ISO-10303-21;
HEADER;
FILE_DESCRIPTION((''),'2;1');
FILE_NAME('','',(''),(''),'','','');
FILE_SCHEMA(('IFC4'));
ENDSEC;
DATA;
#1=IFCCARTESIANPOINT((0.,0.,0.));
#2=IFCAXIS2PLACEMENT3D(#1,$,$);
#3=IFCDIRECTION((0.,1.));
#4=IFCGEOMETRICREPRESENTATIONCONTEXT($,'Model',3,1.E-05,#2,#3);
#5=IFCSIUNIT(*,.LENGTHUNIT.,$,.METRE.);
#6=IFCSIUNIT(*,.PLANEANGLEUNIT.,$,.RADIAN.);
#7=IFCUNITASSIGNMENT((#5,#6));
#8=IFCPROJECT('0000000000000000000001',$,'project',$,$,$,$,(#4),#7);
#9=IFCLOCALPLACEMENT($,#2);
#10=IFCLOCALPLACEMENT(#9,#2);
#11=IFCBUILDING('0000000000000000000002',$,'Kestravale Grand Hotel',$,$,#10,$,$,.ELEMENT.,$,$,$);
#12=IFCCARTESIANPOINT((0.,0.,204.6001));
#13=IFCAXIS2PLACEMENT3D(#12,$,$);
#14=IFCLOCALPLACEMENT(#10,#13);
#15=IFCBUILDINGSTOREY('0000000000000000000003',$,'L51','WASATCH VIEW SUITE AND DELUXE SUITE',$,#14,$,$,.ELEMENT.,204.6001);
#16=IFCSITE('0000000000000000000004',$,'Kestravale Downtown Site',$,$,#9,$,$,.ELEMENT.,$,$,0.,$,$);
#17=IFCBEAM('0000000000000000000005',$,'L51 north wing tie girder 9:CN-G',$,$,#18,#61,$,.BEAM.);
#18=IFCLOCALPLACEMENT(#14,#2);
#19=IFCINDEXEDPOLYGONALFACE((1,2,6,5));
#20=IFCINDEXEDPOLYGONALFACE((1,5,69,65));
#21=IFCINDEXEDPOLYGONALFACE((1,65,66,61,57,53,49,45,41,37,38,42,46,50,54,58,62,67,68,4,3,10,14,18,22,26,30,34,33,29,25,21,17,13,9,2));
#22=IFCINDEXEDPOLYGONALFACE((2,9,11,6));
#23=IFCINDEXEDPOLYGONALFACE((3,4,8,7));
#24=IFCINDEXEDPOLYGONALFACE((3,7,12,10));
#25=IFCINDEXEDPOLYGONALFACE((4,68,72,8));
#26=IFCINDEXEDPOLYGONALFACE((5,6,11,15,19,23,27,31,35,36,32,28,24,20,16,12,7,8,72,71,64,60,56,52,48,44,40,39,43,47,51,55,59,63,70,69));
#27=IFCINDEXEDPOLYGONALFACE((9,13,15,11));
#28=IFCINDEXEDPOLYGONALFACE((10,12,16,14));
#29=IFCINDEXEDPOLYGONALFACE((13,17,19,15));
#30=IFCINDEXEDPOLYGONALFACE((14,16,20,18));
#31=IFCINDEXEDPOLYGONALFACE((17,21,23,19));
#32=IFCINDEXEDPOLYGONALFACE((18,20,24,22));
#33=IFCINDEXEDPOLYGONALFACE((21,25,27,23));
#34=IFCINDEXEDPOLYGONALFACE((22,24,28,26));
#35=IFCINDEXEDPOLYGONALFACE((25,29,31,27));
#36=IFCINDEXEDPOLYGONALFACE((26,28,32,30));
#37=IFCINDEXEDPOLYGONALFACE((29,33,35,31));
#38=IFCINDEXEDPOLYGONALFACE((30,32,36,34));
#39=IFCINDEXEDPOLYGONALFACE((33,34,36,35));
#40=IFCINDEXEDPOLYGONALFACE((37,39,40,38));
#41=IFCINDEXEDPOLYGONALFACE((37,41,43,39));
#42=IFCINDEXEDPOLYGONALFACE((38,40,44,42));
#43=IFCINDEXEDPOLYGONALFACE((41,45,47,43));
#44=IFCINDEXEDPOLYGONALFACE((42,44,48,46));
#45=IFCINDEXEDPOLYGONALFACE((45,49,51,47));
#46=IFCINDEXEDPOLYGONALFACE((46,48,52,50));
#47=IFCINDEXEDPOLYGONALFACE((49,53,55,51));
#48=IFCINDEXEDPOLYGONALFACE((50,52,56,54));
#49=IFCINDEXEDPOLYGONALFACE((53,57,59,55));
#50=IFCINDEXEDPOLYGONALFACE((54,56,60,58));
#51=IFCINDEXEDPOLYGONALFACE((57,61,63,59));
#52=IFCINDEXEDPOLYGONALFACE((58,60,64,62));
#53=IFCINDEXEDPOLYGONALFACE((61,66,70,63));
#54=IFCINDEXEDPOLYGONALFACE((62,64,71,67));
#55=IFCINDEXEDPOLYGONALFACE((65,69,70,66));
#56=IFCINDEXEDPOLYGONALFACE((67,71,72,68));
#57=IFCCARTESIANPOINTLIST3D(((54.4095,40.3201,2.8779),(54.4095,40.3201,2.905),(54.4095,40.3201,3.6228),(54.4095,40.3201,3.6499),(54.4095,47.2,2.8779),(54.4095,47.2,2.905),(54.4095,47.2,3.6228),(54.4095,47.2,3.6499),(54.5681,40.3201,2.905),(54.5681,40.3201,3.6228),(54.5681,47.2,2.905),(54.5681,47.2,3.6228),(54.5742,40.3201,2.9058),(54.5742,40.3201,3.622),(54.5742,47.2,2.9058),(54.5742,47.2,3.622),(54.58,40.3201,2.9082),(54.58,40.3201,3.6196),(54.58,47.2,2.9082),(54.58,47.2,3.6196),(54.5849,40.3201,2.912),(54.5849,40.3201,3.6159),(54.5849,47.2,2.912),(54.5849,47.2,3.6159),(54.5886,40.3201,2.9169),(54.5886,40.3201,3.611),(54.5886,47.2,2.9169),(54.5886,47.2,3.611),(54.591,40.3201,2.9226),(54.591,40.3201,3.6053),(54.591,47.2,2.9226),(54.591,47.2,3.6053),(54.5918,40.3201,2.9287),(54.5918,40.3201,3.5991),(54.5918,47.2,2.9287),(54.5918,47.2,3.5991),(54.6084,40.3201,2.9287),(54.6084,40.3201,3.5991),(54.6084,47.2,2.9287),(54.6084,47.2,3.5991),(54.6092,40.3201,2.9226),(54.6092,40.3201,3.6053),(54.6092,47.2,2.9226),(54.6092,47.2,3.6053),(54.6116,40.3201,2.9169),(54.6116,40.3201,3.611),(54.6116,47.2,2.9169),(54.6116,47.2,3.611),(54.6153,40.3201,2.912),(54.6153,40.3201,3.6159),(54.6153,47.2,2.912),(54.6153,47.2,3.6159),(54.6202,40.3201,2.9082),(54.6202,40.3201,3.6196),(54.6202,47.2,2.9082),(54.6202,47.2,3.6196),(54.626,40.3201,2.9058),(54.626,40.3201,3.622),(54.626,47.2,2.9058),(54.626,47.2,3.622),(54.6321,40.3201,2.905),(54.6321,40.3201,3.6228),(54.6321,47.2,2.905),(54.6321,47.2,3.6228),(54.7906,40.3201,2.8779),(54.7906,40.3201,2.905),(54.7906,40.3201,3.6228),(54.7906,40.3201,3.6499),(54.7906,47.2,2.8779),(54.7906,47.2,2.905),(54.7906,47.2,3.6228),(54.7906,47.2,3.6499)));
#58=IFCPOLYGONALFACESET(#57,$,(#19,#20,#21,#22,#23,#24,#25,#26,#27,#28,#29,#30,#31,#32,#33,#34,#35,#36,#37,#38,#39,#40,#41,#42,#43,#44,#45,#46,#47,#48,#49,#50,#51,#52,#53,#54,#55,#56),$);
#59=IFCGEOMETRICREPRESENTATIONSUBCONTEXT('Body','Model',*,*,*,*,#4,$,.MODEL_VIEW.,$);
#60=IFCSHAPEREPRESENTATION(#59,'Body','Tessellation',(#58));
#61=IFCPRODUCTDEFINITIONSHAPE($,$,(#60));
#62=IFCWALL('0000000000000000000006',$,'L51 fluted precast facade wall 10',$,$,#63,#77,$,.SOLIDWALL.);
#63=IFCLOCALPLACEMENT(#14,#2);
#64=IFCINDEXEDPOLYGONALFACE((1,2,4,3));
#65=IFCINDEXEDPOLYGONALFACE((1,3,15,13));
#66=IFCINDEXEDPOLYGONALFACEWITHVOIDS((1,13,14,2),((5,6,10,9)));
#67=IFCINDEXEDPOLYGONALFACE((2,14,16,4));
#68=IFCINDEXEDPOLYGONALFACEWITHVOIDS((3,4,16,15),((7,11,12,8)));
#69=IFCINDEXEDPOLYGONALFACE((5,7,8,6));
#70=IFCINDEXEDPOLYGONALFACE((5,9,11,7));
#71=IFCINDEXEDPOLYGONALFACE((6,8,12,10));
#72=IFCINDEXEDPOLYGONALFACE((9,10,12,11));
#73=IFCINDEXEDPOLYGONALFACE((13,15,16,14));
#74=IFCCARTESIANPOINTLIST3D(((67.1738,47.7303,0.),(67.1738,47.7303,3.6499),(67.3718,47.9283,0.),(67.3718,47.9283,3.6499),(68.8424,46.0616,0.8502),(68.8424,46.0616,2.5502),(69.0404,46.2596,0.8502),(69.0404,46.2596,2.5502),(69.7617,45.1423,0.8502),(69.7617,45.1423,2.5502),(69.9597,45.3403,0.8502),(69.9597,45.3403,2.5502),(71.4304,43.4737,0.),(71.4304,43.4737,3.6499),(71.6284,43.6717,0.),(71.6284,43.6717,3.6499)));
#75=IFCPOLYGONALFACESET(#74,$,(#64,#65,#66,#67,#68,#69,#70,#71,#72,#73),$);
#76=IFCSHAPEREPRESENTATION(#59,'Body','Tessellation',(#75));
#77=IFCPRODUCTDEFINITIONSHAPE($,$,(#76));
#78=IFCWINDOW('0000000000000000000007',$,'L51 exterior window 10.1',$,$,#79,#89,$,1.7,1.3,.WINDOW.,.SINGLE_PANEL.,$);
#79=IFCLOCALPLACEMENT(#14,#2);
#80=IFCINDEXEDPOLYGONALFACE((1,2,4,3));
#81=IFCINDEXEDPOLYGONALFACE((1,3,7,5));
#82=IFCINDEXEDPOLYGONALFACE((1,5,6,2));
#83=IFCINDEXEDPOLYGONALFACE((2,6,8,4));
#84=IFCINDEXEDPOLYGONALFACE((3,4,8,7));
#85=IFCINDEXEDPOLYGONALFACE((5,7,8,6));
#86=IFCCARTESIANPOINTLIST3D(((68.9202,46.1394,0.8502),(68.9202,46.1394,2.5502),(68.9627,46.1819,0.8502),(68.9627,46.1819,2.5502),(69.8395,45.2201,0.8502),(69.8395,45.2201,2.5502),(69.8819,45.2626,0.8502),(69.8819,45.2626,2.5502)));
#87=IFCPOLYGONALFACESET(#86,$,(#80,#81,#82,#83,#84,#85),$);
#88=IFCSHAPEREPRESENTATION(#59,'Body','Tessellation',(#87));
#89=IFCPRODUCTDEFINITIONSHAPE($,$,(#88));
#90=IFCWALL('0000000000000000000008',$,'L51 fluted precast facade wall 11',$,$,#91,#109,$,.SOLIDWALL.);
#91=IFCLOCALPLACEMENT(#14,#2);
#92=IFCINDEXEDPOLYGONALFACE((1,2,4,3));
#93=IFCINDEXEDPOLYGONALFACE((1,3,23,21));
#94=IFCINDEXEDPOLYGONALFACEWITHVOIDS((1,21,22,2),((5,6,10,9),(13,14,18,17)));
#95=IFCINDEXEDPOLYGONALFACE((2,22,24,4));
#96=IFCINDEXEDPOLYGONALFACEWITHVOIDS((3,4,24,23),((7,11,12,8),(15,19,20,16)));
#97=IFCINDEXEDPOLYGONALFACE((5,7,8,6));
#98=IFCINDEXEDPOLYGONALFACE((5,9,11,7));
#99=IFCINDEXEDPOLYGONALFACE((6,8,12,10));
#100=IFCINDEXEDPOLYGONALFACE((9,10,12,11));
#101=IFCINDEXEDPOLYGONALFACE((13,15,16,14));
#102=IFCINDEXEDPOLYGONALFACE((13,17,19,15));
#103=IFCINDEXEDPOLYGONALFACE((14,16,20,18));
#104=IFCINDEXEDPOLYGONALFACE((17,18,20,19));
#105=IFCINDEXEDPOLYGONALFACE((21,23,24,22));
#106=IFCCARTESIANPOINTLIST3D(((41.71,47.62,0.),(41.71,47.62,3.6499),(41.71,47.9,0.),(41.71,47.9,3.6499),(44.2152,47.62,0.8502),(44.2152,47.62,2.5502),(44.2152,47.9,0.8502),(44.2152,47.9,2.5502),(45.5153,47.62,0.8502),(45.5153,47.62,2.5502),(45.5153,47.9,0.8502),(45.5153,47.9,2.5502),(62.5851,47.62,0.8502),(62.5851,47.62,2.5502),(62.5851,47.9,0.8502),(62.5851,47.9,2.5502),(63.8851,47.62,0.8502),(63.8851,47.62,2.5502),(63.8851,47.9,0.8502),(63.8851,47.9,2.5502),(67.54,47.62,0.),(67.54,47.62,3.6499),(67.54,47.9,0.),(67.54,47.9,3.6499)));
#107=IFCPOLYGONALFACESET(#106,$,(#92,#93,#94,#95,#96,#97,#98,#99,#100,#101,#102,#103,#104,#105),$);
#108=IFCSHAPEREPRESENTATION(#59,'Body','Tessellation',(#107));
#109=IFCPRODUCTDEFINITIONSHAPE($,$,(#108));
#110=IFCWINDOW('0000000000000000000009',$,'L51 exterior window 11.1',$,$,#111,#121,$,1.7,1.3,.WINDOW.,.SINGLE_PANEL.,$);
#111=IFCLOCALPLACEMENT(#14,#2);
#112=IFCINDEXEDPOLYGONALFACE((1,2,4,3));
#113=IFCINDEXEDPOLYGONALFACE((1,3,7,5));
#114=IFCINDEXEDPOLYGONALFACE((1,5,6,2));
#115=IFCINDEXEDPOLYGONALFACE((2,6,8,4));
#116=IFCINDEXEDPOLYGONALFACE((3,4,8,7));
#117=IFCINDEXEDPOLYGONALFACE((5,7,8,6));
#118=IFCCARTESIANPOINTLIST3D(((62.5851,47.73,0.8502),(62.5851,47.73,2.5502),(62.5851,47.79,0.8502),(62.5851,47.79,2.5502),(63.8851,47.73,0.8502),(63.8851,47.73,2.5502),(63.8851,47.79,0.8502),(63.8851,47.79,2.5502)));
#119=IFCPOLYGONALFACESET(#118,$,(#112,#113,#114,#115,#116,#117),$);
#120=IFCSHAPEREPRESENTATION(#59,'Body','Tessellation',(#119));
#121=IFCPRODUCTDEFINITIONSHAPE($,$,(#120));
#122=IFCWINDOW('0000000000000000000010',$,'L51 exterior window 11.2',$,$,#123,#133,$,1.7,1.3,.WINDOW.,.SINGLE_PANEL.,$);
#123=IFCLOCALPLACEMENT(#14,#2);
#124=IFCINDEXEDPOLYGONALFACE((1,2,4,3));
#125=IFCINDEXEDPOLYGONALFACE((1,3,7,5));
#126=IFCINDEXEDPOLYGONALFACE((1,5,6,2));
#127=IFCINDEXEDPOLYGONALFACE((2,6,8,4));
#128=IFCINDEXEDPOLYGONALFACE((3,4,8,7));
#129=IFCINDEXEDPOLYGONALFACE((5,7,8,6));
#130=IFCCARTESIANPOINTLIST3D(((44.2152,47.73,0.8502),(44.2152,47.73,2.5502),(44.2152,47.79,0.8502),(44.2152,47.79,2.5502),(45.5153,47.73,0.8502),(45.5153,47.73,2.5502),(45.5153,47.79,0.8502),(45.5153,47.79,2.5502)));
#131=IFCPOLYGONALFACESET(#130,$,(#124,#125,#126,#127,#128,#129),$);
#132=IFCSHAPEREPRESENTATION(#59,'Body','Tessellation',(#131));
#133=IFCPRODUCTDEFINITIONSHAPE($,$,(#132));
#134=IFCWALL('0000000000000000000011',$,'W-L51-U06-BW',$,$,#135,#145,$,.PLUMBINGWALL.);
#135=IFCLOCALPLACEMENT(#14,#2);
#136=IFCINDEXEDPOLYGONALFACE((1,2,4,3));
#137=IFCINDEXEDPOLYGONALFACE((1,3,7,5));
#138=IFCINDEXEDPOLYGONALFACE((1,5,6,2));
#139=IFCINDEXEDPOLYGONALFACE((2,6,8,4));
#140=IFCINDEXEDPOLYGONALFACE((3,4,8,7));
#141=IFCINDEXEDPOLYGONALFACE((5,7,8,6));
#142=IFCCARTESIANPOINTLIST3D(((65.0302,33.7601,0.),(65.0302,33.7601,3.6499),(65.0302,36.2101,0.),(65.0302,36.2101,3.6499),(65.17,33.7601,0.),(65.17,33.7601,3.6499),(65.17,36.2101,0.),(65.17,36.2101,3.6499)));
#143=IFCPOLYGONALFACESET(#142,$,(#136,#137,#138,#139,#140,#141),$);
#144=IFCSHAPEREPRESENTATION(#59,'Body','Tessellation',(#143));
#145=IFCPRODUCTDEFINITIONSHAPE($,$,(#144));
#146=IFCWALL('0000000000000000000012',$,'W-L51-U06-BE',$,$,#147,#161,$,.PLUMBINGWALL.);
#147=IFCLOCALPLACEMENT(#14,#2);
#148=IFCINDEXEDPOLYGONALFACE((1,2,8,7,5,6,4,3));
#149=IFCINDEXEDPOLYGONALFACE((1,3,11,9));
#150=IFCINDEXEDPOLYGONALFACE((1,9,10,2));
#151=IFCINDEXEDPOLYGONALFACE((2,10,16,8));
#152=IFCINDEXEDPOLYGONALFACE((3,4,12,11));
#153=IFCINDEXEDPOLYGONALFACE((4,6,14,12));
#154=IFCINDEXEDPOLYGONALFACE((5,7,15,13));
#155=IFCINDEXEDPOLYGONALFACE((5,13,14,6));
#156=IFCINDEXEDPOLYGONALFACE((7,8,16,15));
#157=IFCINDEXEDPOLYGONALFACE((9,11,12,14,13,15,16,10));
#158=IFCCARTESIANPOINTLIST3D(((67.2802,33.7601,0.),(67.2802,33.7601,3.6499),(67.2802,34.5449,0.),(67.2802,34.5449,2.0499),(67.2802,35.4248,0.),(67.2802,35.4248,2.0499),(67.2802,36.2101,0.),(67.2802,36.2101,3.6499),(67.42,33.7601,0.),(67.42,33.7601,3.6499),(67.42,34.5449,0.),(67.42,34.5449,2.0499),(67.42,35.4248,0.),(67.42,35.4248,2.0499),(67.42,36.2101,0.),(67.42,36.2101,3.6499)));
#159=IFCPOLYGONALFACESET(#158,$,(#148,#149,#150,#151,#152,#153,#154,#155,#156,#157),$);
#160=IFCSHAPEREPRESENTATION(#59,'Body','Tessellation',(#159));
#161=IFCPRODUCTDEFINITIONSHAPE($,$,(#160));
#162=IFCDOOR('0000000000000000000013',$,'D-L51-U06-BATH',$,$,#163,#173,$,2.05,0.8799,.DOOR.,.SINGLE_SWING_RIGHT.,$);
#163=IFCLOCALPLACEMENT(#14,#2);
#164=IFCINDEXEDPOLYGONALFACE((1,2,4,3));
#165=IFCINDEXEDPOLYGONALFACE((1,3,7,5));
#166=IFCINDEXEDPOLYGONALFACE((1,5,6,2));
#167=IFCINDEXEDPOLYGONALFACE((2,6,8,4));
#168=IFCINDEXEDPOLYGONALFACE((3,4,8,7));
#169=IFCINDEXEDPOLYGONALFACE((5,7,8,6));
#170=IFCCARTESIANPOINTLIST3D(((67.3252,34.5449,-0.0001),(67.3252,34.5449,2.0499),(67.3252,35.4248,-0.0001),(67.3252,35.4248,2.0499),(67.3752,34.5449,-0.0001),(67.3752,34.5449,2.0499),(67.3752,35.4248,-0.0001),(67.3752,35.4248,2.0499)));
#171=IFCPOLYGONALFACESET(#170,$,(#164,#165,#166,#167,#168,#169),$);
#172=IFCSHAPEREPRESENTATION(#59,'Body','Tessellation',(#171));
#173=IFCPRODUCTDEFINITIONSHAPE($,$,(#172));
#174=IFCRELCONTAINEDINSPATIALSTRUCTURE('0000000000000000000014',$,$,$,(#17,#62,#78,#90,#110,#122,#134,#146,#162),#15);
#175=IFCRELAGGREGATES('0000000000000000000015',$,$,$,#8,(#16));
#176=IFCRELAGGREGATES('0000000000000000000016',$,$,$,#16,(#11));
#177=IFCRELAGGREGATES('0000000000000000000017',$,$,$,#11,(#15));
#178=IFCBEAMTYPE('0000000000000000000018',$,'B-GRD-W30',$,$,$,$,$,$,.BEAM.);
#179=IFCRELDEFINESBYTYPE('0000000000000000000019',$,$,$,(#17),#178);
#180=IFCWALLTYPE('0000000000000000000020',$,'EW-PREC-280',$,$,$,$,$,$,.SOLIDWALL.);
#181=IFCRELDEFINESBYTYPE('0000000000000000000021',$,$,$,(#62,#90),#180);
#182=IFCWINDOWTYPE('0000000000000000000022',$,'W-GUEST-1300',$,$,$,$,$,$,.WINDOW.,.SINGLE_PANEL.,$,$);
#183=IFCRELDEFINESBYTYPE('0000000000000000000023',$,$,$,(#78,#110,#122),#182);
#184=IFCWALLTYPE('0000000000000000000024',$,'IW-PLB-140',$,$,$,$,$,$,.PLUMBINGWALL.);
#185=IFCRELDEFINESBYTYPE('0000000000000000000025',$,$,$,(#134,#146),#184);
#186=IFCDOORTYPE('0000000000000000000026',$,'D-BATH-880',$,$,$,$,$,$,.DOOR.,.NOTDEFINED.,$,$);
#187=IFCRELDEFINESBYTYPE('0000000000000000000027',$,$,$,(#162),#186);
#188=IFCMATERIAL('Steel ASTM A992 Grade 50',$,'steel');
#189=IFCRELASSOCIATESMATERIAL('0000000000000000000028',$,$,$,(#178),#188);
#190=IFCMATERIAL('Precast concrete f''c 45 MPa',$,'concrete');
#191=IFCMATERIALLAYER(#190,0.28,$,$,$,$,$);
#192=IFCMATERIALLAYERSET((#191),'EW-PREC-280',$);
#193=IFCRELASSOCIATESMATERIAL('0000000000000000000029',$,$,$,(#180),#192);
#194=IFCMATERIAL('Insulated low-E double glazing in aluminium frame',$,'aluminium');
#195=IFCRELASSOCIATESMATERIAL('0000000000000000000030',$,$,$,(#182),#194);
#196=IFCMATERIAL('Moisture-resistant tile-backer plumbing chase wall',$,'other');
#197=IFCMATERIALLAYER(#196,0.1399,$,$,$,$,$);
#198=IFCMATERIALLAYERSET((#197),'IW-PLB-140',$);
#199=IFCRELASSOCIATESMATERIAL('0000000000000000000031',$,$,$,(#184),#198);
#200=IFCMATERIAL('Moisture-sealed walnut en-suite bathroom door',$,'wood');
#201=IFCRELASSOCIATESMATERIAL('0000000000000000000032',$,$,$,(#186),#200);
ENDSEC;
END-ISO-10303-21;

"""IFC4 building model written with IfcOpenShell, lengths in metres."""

from ifc_helpers import new_model, si_unit, direction, frame, frame_2d, origin, origin_2d, place, context, subcontext, project, spatial, rectangle, i_section, extrude, material, layer, layer_set, material_profile, profile_set, type_object, element, fill, save


model = new_model("IFC4")

# Units and contexts
model_context = context("Model", 3, precision=1e-05, world=origin(), true_north=direction((0.0, 1.0)))
body_context = subcontext(model_context, "Body", "Model", "MODEL_VIEW")
ifc_project = project(units=[si_unit("LENGTHUNIT", "METRE"), si_unit("PLANEANGLEUNIT", "RADIAN")], contexts=[model_context])

# Site, building, storey
site_placement = place(None, origin())
site = spatial("IfcSite", under=ifc_project, at=site_placement, Name="Kestravale Downtown Site", CompositionType="ELEMENT", RefElevation=0.0)
building_placement = place(site_placement, origin())
building = spatial("IfcBuilding", under=site, at=building_placement, Name="Kestravale Grand Hotel", CompositionType="ELEMENT")
storey_placement = place(building_placement, frame((0.0, 0.0, 204.6001)))
storey = spatial("IfcBuildingStorey", under=building, at=storey_placement, Name="L51", Description="WASATCH VIEW SUITE AND DELUXE SUITE", CompositionType="ELEMENT", Elevation=204.6001)

# Beam
ifc_material_1 = material(Name="Steel ASTM A992 Grade 50", Category="steel")
ifc_material_profile_1 = material_profile(ifc_material_1, i_section(OverallWidth=0.3811, OverallDepth=0.772, WebThickness=0.0166, FlangeThickness=0.0271, FilletRadius=0.0237, at=origin_2d()))
ifc_profile_set_1 = profile_set([ifc_material_profile_1], Name="Steel ASTM A992 Grade 50")
beam_type_1 = type_object("IfcBeamType", Name="B-GRD-W30", PredefinedType="BEAM", material=ifc_profile_set_1)
beam_1_placement = place(storey_placement, frame((54.6001, 40.3201, 3.2639), z_axis=(0.0, 1.0, 0.0), x_axis=(-1.0, 0.0, 0.0)))
element("IfcBeam", 1, at=beam_1_placement, inside=storey, type_object=beam_type_1, Name="L51 north wing tie girder 9:CN-G", PredefinedType="BEAM", context=body_context, shape_type="SweptSolid", body=[
    extrude(i_section(OverallWidth=0.3811, OverallDepth=0.772, WebThickness=0.0166, FlangeThickness=0.0271, FilletRadius=0.0237, at=origin_2d()), origin(), (0.0, 0.0, 1.0), 6.8799),
])

# Wall, opening, window
ifc_material_2 = material(Name="Precast concrete f'c 45 MPa", Category="concrete")
ifc_layer_1 = layer(ifc_material_2, 0.28)
ifc_layer_set_1 = layer_set([ifc_layer_1], Name="EW-PREC-280")
wall_type_1 = type_object("IfcWallType", Name="EW-PREC-280", PredefinedType="SOLIDWALL", material=ifc_layer_set_1)
wall_1_placement = place(storey_placement, frame((71.5293, 43.5728, 0.0), z_axis=(0.0, 0.0, 1.0), x_axis=(-0.707107, 0.707107, 0.0)))
wall_1 = element("IfcWall", 2, at=wall_1_placement, inside=storey, type_object=wall_type_1, Name="L51 fluted precast facade wall 10", PredefinedType="SOLIDWALL", context=body_context, shape_type="SweptSolid", body=[
    extrude(rectangle(XDim=6.0198, YDim=0.28, at=frame_2d((3.0098, 0.0))), origin(), (0.0, 0.0, 1.0), 3.6499),
])
opening_1_placement = place(wall_1_placement, frame((2.3599, 0.0, 0.8501)))
opening_1 = element("IfcOpeningElement", 3, at=opening_1_placement, cuts=wall_1, PredefinedType="OPENING", context=body_context, shape_type="SweptSolid", body=[
    extrude(rectangle(XDim=1.3, YDim=1.7, at=frame_2d((0.6499, 0.8501))), frame((0.0, 0.1499, 0.0), z_axis=(0.0, -1.0, 0.0), x_axis=(1.0, 0.0, 0.0)), (0.0, 0.0, 1.0), 0.3),
])
ifc_material_3 = material(Name="Insulated low-E double glazing in aluminium frame", Category="aluminium")
window_type = type_object("IfcWindowType", Name="W-GUEST-1300", PartitioningType="SINGLE_PANEL", PredefinedType="WINDOW", material=ifc_material_3)
window_1_placement = place(opening_1_placement, origin())
window_1 = element("IfcWindow", 4, at=window_1_placement, inside=storey, type_object=window_type, Name="L51 exterior window 10.1", OverallHeight=1.7, OverallWidth=1.3, PartitioningType="SINGLE_PANEL", PredefinedType="WINDOW", context=body_context, shape_type="SweptSolid", body=[
    extrude(rectangle(XDim=1.3, YDim=1.7, at=frame_2d((0.6499, 0.8501))), frame((0.0, 0.03, 0.0), z_axis=(0.0, -1.0, 0.0), x_axis=(1.0, 0.0, 0.0)), (0.0, 0.0, 1.0), 0.0601),
])
fill(opening_1, window_1)

# Wall, openings, windows
wall_2_placement = place(storey_placement, frame((67.54, 47.76, 0.0), z_axis=(0.0, 0.0, 1.0), x_axis=(-1.0, 0.0, 0.0)))
wall_2 = element("IfcWall", 5, at=wall_2_placement, inside=storey, type_object=wall_type_1, Name="L51 fluted precast facade wall 11", PredefinedType="SOLIDWALL", context=body_context, shape_type="SweptSolid", body=[
    extrude(rectangle(XDim=25.8301, YDim=0.28, at=frame_2d((12.915, 0.0))), origin(), (0.0, 0.0, 1.0), 3.6499),
])
opening_2_placement = place(wall_2_placement, frame((3.655, 0.0, 0.8501)))
opening_2 = element("IfcOpeningElement", 6, at=opening_2_placement, cuts=wall_2, PredefinedType="OPENING", context=body_context, shape_type="SweptSolid", body=[
    extrude(rectangle(XDim=1.3, YDim=1.7, at=frame_2d((0.6499, 0.8501))), frame((0.0, 0.1499, 0.0), z_axis=(0.0, -1.0, 0.0), x_axis=(1.0, 0.0, 0.0)), (0.0, 0.0, 1.0), 0.3),
])
opening_3_placement = place(wall_2_placement, frame((22.0249, 0.0, 0.8501)))
opening_3 = element("IfcOpeningElement", 7, at=opening_3_placement, cuts=wall_2, PredefinedType="OPENING", context=body_context, shape_type="SweptSolid", body=[
    extrude(rectangle(XDim=1.3, YDim=1.7, at=frame_2d((0.6499, 0.8501))), frame((0.0, 0.1499, 0.0), z_axis=(0.0, -1.0, 0.0), x_axis=(1.0, 0.0, 0.0)), (0.0, 0.0, 1.0), 0.3),
])
window_2_placement = place(opening_2_placement, origin())
window_2 = element("IfcWindow", 8, at=window_2_placement, inside=storey, type_object=window_type, Name="L51 exterior window 11.1", OverallHeight=1.7, OverallWidth=1.3, PartitioningType="SINGLE_PANEL", PredefinedType="WINDOW", context=body_context, shape_type="SweptSolid", body=[
    extrude(rectangle(XDim=1.3, YDim=1.7, at=frame_2d((0.6499, 0.8501))), frame((0.0, 0.03, 0.0), z_axis=(0.0, -1.0, 0.0), x_axis=(1.0, 0.0, 0.0)), (0.0, 0.0, 1.0), 0.0601),
])
fill(opening_2, window_2)
window_3_placement = place(opening_3_placement, origin())
window_3 = element("IfcWindow", 9, at=window_3_placement, inside=storey, type_object=window_type, Name="L51 exterior window 11.2", OverallHeight=1.7, OverallWidth=1.3, PartitioningType="SINGLE_PANEL", PredefinedType="WINDOW", context=body_context, shape_type="SweptSolid", body=[
    extrude(rectangle(XDim=1.3, YDim=1.7, at=frame_2d((0.6499, 0.8501))), frame((0.0, 0.03, 0.0), z_axis=(0.0, -1.0, 0.0), x_axis=(1.0, 0.0, 0.0)), (0.0, 0.0, 1.0), 0.0601),
])
fill(opening_3, window_3)

# Wall
ifc_material_4 = material(Name="Moisture-resistant tile-backer plumbing chase wall", Category="other")
ifc_layer_2 = layer(ifc_material_4, 0.1399)
ifc_layer_set_2 = layer_set([ifc_layer_2], Name="IW-PLB-140")
wall_type_2 = type_object("IfcWallType", Name="IW-PLB-140", PredefinedType="PLUMBINGWALL", material=ifc_layer_set_2)
wall_3_placement = place(storey_placement, frame((65.1001, 33.76, 0.0), z_axis=(0.0, 0.0, 1.0), x_axis=(0.0, 1.0, 0.0)))
element("IfcWall", 10, at=wall_3_placement, inside=storey, type_object=wall_type_2, Name="W-L51-U06-BW", PredefinedType="PLUMBINGWALL", context=body_context, shape_type="SweptSolid", body=[
    extrude(rectangle(XDim=2.45, YDim=0.1399, at=frame_2d((1.2251, 0.0))), origin(), (0.0, 0.0, 1.0), 3.6499),
])

# Wall, opening, door
wall_4_placement = place(storey_placement, frame((67.3501, 33.76, 0.0), z_axis=(0.0, 0.0, 1.0), x_axis=(0.0, 1.0, 0.0)))
wall_4 = element("IfcWall", 11, at=wall_4_placement, inside=storey, type_object=wall_type_2, Name="W-L51-U06-BE", PredefinedType="PLUMBINGWALL", context=body_context, shape_type="SweptSolid", body=[
    extrude(rectangle(XDim=2.45, YDim=0.1399, at=frame_2d((1.2251, 0.0))), origin(), (0.0, 0.0, 1.0), 3.6499),
])
opening_4_placement = place(wall_4_placement, frame((0.7849, 0.0, 0.0)))
opening_4 = element("IfcOpeningElement", 12, at=opening_4_placement, cuts=wall_4, PredefinedType="OPENING", context=body_context, shape_type="SweptSolid", body=[
    extrude(rectangle(XDim=0.8799, YDim=2.05, at=frame_2d((0.4399, 1.0249))), frame((0.0, 0.0798, 0.0), z_axis=(0.0, -1.0, 0.0), x_axis=(1.0, 0.0, 0.0)), (0.0, 0.0, 1.0), 0.1599),
])
ifc_material_5 = material(Name="Moisture-sealed walnut en-suite bathroom door", Category="wood")
door_type_1 = type_object("IfcDoorType", Name="D-BATH-880", OperationType="NOTDEFINED", PredefinedType="DOOR", material=ifc_material_5)
door_1_placement = place(opening_4_placement, origin())
door_1 = element("IfcDoor", 13, at=door_1_placement, inside=storey, type_object=door_type_1, Name="D-L51-U06-BATH", OperationType="SINGLE_SWING_RIGHT", OverallHeight=2.05, OverallWidth=0.8799, PredefinedType="DOOR", context=body_context, shape_type="SweptSolid", body=[
    extrude(rectangle(XDim=0.8799, YDim=2.05, at=frame_2d((0.4399, 1.0249))), frame((0.0, 0.0249, 0.0), z_axis=(0.0, -1.0, 0.0), x_axis=(1.0, 0.0, 0.0)), (0.0, 0.0, 1.0), 0.05),
])
fill(opening_4, door_1)

save(model, "model.ifc")
